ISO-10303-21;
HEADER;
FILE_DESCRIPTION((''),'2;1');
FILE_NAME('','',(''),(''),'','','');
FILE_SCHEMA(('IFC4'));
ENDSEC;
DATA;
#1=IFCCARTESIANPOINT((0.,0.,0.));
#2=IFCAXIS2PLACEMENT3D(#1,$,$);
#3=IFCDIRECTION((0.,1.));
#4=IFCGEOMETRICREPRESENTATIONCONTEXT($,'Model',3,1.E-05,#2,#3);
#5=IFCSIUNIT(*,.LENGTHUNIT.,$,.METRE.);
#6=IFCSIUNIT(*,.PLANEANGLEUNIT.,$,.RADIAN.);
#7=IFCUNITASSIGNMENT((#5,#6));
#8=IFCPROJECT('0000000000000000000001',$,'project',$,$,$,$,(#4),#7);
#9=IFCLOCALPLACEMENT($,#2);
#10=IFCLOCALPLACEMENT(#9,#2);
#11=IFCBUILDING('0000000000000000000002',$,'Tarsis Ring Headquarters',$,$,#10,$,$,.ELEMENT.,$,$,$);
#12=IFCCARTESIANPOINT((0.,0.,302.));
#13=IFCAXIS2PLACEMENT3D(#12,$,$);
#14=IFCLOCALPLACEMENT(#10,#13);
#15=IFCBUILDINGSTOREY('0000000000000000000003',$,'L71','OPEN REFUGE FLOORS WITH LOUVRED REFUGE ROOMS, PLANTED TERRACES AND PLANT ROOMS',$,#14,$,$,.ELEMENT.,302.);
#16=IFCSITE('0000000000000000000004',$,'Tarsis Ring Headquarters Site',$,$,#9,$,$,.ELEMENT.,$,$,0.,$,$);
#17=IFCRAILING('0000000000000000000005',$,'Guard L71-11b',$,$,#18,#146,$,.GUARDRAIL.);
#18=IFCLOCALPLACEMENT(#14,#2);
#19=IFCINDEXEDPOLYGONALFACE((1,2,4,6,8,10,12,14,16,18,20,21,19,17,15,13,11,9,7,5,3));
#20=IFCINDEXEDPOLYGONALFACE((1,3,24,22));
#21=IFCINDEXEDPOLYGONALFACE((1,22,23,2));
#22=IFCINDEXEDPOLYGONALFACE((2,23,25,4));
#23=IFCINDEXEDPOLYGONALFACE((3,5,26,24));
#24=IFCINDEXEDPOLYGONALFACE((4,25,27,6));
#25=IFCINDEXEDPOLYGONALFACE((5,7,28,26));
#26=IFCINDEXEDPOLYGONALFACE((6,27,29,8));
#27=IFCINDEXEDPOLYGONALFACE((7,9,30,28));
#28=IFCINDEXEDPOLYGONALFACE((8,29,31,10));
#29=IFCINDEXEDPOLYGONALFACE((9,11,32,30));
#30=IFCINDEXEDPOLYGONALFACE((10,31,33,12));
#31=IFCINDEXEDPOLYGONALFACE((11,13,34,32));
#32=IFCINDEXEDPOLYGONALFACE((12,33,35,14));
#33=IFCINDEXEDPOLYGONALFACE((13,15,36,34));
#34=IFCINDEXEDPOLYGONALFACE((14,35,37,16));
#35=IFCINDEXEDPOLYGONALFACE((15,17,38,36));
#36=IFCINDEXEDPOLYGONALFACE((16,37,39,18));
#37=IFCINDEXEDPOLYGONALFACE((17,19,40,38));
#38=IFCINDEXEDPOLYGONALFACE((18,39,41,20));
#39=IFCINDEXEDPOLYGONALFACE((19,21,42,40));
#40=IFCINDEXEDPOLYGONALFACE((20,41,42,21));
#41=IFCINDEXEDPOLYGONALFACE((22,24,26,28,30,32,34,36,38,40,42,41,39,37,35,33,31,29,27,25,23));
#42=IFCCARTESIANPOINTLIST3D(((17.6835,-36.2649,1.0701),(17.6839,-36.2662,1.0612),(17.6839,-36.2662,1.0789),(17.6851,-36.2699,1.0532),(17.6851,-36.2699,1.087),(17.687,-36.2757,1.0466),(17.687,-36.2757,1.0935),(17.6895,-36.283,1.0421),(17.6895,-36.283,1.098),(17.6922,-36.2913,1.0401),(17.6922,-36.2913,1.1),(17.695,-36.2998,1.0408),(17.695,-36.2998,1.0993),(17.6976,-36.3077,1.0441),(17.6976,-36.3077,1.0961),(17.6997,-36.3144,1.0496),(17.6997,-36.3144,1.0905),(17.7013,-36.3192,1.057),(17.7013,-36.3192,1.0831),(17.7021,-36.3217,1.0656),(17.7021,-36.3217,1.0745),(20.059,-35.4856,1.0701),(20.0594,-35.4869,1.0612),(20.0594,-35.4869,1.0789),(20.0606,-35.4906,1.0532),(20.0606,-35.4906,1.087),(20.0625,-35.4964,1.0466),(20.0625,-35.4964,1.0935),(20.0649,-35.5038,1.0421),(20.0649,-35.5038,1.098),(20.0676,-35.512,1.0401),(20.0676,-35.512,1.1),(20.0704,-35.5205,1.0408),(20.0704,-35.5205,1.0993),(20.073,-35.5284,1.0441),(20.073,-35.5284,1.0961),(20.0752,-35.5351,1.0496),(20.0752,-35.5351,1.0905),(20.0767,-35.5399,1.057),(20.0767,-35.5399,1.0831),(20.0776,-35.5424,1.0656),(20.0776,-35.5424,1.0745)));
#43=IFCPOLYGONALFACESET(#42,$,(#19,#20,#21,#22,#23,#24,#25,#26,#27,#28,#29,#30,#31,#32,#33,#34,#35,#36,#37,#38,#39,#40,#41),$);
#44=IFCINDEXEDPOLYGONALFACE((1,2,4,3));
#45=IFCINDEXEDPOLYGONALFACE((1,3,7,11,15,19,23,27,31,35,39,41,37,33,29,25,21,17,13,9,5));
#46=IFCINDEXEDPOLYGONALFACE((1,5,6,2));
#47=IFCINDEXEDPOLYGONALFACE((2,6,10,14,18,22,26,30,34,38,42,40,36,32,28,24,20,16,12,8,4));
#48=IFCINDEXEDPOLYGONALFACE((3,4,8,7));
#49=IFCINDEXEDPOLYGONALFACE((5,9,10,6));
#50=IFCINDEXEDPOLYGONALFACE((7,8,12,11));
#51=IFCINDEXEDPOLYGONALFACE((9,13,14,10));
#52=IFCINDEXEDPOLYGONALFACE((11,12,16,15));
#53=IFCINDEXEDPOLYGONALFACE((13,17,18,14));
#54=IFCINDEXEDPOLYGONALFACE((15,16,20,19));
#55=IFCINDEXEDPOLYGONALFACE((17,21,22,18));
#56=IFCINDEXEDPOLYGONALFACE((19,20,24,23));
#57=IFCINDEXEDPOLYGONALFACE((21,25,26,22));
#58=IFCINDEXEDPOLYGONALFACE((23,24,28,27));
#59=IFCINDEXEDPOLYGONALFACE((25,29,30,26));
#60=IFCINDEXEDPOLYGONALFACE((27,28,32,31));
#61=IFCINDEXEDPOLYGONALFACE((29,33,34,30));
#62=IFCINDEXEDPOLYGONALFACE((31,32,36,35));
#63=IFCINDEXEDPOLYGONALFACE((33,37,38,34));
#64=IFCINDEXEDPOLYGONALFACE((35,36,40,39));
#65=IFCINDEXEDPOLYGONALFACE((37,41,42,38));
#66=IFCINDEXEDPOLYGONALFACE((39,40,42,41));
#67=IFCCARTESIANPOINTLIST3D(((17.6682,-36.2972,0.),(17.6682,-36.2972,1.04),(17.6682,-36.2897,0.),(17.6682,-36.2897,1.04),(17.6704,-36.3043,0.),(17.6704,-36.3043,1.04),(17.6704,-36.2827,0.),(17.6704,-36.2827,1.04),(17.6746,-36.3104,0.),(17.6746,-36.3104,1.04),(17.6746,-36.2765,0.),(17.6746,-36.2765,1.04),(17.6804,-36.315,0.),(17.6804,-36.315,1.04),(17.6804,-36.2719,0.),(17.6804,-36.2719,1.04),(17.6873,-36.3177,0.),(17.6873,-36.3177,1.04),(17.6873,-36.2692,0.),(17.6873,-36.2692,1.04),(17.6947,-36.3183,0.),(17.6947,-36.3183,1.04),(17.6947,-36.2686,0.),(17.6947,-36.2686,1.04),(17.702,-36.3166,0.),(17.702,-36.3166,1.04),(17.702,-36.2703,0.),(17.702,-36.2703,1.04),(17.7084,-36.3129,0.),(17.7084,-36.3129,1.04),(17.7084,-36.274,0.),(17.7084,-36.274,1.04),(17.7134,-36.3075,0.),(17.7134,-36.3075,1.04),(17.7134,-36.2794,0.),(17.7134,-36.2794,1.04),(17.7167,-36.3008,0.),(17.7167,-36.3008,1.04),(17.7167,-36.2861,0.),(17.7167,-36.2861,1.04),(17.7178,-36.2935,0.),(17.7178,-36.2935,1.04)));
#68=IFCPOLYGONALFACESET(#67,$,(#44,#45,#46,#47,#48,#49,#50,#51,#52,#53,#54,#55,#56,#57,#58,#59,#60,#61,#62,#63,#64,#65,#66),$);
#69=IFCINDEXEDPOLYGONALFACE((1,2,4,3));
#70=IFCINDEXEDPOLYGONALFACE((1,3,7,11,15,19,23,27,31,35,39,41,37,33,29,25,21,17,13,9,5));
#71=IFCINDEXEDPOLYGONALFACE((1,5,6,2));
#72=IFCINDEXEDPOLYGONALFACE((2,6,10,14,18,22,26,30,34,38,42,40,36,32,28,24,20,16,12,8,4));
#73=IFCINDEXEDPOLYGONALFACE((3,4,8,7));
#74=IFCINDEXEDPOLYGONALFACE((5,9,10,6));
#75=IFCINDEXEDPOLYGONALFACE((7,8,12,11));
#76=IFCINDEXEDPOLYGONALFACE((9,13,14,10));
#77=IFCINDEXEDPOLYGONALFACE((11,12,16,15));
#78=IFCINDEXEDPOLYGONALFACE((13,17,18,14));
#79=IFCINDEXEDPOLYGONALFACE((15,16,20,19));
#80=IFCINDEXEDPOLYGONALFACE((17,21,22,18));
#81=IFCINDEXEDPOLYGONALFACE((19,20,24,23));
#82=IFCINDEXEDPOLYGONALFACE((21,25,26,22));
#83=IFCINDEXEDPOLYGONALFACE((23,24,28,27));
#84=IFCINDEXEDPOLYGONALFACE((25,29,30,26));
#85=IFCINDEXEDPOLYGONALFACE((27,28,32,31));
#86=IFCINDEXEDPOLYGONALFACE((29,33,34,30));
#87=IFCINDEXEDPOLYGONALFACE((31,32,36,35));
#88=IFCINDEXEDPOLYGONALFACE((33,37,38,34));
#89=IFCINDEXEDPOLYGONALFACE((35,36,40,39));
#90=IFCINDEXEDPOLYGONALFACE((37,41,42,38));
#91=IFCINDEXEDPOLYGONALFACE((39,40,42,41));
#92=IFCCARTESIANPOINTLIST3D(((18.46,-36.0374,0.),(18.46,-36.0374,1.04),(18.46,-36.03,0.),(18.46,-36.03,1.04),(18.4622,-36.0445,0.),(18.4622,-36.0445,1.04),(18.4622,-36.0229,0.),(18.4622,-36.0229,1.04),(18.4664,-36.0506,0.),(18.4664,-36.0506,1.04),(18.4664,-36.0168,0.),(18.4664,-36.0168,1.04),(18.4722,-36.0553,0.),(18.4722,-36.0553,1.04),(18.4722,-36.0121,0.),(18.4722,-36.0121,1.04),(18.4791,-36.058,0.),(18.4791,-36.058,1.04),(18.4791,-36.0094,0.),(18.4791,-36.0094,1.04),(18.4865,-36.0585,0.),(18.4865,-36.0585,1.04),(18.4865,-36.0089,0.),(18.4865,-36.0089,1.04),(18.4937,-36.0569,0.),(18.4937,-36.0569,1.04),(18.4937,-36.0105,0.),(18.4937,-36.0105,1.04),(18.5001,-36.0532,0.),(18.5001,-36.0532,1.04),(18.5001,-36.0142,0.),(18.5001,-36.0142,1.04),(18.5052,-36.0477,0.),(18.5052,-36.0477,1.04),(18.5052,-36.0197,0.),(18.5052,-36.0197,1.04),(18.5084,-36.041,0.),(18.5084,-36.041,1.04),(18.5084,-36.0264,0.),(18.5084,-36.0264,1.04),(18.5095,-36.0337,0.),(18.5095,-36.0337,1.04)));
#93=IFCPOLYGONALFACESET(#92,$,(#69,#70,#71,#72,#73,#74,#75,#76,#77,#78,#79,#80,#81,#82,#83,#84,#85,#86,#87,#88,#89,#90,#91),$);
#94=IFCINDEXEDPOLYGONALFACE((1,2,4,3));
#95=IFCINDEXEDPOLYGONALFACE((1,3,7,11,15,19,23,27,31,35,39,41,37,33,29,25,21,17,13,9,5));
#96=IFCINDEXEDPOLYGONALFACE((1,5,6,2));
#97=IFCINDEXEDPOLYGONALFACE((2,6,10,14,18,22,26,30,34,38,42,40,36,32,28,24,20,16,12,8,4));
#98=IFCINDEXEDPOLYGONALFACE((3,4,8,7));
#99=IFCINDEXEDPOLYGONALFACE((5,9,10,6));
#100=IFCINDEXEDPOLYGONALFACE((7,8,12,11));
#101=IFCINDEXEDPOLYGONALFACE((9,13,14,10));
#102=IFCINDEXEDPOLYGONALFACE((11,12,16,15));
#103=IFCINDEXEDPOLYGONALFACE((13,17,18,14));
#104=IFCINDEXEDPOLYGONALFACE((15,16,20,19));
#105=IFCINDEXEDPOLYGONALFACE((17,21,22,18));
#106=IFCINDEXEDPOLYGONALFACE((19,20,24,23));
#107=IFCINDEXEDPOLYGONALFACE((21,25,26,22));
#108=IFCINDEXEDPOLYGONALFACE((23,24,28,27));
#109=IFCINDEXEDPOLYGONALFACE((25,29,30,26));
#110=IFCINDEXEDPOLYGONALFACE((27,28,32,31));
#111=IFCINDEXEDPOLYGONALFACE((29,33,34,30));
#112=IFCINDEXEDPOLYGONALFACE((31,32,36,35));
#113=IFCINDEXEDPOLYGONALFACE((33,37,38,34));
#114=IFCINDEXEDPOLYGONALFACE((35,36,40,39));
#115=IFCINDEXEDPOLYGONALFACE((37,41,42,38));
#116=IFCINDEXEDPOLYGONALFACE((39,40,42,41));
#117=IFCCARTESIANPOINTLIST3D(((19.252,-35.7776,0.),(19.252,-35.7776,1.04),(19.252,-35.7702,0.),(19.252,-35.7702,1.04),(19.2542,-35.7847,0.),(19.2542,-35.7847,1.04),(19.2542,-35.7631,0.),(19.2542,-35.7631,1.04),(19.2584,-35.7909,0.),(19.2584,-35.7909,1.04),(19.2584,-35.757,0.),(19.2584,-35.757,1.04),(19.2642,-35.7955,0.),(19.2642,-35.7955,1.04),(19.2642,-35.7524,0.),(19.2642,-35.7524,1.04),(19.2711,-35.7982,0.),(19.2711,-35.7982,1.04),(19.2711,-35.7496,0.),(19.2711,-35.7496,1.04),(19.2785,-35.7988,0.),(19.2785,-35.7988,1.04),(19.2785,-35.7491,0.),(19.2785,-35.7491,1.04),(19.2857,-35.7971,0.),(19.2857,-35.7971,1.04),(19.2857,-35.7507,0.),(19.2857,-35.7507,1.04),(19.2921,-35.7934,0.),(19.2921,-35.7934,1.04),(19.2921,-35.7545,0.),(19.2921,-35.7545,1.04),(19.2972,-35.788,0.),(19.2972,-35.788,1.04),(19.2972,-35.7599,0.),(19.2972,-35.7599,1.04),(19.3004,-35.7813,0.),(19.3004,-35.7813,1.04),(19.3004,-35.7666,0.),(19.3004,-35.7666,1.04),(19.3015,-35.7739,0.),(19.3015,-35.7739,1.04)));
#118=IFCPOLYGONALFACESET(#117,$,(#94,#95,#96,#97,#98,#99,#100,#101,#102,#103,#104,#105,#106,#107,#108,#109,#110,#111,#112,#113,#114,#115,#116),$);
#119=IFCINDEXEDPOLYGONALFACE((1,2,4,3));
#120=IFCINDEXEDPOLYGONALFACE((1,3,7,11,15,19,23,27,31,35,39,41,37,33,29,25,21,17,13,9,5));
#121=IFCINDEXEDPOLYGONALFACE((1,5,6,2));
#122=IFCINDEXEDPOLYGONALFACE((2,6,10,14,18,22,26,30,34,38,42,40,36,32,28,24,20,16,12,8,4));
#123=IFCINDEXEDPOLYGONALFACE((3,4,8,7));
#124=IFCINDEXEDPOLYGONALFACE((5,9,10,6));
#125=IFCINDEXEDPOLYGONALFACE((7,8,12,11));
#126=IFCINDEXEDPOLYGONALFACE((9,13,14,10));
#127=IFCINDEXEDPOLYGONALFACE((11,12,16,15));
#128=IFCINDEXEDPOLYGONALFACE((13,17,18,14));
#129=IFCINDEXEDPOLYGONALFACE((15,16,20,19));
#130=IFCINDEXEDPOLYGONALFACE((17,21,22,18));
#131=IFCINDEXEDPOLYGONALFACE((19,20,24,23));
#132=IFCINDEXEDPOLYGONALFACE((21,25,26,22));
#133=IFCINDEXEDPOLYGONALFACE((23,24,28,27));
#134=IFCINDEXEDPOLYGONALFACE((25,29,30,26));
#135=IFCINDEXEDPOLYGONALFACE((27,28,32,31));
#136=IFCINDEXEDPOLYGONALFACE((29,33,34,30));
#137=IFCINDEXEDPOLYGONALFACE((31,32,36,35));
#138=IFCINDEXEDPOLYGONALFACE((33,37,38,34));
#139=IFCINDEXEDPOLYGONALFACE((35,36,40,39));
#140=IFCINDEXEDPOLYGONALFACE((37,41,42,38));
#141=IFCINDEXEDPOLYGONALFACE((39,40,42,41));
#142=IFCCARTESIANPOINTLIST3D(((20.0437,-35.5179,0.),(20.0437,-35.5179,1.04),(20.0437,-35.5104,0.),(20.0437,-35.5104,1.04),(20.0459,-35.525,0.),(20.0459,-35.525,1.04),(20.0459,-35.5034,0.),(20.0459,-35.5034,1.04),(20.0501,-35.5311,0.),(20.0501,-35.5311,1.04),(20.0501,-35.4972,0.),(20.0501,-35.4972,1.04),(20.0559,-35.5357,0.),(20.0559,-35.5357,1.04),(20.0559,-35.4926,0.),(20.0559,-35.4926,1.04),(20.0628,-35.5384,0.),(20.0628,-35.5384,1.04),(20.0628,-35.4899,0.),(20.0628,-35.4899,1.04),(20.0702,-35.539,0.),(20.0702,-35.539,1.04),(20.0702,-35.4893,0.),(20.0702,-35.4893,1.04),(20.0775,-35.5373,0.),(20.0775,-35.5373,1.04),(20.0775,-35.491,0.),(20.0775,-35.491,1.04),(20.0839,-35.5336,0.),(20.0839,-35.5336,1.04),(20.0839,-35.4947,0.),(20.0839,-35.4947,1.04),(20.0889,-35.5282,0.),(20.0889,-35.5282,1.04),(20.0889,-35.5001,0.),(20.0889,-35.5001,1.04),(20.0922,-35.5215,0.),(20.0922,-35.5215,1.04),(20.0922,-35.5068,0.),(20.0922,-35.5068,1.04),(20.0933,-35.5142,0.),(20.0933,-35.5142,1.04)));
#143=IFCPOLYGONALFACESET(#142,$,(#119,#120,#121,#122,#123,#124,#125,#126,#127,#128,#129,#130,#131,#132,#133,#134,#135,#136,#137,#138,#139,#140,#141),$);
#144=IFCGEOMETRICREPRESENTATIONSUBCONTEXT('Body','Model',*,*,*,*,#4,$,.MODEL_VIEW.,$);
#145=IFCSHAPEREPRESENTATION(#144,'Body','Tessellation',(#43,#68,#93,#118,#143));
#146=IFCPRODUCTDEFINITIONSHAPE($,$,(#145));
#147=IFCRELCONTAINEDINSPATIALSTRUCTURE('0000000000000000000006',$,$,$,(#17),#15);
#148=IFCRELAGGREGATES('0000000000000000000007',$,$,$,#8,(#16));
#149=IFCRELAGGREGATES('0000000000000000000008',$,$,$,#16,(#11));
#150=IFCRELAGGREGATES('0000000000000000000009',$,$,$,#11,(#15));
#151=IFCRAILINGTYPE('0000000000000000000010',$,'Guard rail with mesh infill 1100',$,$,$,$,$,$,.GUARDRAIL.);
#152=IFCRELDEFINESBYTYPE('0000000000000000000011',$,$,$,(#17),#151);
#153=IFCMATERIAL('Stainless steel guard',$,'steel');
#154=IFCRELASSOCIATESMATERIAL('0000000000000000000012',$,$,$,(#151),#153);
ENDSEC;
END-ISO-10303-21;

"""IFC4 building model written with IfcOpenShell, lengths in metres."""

from ifc_helpers import new_model, si_unit, direction, frame, origin, origin_2d, place, context, subcontext, project, spatial, circle, extrude, material, type_object, element, save


model = new_model("IFC4")

# Units and contexts
model_context = context("Model", 3, precision=1e-05, world=origin(), true_north=direction((0.0, 1.0)))
body_context = subcontext(model_context, "Body", "Model", "MODEL_VIEW")
ifc_project = project(units=[si_unit("LENGTHUNIT", "METRE"), si_unit("PLANEANGLEUNIT", "RADIAN")], contexts=[model_context])

# Site, building, storey
site_placement = place(None, origin())
site = spatial("IfcSite", under=ifc_project, at=site_placement, Name="Tarsis Ring Headquarters Site", CompositionType="ELEMENT", RefElevation=0.0)
building_placement = place(site_placement, origin())
building = spatial("IfcBuilding", under=site, at=building_placement, Name="Tarsis Ring Headquarters", CompositionType="ELEMENT")
storey_placement = place(building_placement, frame((0.0, 0.0, 302.0)))
storey = spatial("IfcBuildingStorey", under=building, at=storey_placement, Name="L71", Description="OPEN REFUGE FLOORS WITH LOUVRED REFUGE ROOMS, PLANTED TERRACES AND PLANT ROOMS", CompositionType="ELEMENT", Elevation=302.0)

# Railing
ifc_material_1 = material(Name="Stainless steel guard", Category="steel")
railing_type_1 = type_object("IfcRailingType", Name="Guard rail with mesh infill 1100", PredefinedType="GUARDRAIL", material=ifc_material_1)
railing_1_placement = place(storey_placement, frame((17.6929, -36.2935, 0.0)))
element("IfcRailing", 1, at=railing_1_placement, inside=storey, type_object=railing_type_1, Name="Guard L71-11b", PredefinedType="GUARDRAIL", context=body_context, shape_type="SweptSolid", body=[
    extrude(circle(Radius=0.03, at=origin_2d()), frame((0.0, 0.0, 1.0701), z_axis=(0.950176, 0.311713, 0.0), x_axis=(-0.311713, 0.950176, 0.0)), (0.0, 0.0, 1.0), 2.5),
    extrude(circle(Radius=0.0249, at=origin_2d()), origin(), (0.0, 0.0, 1.0), 1.04),
    extrude(circle(Radius=0.0249, at=origin_2d()), frame((0.7917, 0.2598, 0.0)), (0.0, 0.0, 1.0), 1.04),
    extrude(circle(Radius=0.0249, at=origin_2d()), frame((1.5837, 0.5195, 0.0)), (0.0, 0.0, 1.0), 1.04),
    extrude(circle(Radius=0.0249, at=origin_2d()), frame((2.3755, 0.7793, 0.0)), (0.0, 0.0, 1.0), 1.04),
])

save(model, "model.ifc")
